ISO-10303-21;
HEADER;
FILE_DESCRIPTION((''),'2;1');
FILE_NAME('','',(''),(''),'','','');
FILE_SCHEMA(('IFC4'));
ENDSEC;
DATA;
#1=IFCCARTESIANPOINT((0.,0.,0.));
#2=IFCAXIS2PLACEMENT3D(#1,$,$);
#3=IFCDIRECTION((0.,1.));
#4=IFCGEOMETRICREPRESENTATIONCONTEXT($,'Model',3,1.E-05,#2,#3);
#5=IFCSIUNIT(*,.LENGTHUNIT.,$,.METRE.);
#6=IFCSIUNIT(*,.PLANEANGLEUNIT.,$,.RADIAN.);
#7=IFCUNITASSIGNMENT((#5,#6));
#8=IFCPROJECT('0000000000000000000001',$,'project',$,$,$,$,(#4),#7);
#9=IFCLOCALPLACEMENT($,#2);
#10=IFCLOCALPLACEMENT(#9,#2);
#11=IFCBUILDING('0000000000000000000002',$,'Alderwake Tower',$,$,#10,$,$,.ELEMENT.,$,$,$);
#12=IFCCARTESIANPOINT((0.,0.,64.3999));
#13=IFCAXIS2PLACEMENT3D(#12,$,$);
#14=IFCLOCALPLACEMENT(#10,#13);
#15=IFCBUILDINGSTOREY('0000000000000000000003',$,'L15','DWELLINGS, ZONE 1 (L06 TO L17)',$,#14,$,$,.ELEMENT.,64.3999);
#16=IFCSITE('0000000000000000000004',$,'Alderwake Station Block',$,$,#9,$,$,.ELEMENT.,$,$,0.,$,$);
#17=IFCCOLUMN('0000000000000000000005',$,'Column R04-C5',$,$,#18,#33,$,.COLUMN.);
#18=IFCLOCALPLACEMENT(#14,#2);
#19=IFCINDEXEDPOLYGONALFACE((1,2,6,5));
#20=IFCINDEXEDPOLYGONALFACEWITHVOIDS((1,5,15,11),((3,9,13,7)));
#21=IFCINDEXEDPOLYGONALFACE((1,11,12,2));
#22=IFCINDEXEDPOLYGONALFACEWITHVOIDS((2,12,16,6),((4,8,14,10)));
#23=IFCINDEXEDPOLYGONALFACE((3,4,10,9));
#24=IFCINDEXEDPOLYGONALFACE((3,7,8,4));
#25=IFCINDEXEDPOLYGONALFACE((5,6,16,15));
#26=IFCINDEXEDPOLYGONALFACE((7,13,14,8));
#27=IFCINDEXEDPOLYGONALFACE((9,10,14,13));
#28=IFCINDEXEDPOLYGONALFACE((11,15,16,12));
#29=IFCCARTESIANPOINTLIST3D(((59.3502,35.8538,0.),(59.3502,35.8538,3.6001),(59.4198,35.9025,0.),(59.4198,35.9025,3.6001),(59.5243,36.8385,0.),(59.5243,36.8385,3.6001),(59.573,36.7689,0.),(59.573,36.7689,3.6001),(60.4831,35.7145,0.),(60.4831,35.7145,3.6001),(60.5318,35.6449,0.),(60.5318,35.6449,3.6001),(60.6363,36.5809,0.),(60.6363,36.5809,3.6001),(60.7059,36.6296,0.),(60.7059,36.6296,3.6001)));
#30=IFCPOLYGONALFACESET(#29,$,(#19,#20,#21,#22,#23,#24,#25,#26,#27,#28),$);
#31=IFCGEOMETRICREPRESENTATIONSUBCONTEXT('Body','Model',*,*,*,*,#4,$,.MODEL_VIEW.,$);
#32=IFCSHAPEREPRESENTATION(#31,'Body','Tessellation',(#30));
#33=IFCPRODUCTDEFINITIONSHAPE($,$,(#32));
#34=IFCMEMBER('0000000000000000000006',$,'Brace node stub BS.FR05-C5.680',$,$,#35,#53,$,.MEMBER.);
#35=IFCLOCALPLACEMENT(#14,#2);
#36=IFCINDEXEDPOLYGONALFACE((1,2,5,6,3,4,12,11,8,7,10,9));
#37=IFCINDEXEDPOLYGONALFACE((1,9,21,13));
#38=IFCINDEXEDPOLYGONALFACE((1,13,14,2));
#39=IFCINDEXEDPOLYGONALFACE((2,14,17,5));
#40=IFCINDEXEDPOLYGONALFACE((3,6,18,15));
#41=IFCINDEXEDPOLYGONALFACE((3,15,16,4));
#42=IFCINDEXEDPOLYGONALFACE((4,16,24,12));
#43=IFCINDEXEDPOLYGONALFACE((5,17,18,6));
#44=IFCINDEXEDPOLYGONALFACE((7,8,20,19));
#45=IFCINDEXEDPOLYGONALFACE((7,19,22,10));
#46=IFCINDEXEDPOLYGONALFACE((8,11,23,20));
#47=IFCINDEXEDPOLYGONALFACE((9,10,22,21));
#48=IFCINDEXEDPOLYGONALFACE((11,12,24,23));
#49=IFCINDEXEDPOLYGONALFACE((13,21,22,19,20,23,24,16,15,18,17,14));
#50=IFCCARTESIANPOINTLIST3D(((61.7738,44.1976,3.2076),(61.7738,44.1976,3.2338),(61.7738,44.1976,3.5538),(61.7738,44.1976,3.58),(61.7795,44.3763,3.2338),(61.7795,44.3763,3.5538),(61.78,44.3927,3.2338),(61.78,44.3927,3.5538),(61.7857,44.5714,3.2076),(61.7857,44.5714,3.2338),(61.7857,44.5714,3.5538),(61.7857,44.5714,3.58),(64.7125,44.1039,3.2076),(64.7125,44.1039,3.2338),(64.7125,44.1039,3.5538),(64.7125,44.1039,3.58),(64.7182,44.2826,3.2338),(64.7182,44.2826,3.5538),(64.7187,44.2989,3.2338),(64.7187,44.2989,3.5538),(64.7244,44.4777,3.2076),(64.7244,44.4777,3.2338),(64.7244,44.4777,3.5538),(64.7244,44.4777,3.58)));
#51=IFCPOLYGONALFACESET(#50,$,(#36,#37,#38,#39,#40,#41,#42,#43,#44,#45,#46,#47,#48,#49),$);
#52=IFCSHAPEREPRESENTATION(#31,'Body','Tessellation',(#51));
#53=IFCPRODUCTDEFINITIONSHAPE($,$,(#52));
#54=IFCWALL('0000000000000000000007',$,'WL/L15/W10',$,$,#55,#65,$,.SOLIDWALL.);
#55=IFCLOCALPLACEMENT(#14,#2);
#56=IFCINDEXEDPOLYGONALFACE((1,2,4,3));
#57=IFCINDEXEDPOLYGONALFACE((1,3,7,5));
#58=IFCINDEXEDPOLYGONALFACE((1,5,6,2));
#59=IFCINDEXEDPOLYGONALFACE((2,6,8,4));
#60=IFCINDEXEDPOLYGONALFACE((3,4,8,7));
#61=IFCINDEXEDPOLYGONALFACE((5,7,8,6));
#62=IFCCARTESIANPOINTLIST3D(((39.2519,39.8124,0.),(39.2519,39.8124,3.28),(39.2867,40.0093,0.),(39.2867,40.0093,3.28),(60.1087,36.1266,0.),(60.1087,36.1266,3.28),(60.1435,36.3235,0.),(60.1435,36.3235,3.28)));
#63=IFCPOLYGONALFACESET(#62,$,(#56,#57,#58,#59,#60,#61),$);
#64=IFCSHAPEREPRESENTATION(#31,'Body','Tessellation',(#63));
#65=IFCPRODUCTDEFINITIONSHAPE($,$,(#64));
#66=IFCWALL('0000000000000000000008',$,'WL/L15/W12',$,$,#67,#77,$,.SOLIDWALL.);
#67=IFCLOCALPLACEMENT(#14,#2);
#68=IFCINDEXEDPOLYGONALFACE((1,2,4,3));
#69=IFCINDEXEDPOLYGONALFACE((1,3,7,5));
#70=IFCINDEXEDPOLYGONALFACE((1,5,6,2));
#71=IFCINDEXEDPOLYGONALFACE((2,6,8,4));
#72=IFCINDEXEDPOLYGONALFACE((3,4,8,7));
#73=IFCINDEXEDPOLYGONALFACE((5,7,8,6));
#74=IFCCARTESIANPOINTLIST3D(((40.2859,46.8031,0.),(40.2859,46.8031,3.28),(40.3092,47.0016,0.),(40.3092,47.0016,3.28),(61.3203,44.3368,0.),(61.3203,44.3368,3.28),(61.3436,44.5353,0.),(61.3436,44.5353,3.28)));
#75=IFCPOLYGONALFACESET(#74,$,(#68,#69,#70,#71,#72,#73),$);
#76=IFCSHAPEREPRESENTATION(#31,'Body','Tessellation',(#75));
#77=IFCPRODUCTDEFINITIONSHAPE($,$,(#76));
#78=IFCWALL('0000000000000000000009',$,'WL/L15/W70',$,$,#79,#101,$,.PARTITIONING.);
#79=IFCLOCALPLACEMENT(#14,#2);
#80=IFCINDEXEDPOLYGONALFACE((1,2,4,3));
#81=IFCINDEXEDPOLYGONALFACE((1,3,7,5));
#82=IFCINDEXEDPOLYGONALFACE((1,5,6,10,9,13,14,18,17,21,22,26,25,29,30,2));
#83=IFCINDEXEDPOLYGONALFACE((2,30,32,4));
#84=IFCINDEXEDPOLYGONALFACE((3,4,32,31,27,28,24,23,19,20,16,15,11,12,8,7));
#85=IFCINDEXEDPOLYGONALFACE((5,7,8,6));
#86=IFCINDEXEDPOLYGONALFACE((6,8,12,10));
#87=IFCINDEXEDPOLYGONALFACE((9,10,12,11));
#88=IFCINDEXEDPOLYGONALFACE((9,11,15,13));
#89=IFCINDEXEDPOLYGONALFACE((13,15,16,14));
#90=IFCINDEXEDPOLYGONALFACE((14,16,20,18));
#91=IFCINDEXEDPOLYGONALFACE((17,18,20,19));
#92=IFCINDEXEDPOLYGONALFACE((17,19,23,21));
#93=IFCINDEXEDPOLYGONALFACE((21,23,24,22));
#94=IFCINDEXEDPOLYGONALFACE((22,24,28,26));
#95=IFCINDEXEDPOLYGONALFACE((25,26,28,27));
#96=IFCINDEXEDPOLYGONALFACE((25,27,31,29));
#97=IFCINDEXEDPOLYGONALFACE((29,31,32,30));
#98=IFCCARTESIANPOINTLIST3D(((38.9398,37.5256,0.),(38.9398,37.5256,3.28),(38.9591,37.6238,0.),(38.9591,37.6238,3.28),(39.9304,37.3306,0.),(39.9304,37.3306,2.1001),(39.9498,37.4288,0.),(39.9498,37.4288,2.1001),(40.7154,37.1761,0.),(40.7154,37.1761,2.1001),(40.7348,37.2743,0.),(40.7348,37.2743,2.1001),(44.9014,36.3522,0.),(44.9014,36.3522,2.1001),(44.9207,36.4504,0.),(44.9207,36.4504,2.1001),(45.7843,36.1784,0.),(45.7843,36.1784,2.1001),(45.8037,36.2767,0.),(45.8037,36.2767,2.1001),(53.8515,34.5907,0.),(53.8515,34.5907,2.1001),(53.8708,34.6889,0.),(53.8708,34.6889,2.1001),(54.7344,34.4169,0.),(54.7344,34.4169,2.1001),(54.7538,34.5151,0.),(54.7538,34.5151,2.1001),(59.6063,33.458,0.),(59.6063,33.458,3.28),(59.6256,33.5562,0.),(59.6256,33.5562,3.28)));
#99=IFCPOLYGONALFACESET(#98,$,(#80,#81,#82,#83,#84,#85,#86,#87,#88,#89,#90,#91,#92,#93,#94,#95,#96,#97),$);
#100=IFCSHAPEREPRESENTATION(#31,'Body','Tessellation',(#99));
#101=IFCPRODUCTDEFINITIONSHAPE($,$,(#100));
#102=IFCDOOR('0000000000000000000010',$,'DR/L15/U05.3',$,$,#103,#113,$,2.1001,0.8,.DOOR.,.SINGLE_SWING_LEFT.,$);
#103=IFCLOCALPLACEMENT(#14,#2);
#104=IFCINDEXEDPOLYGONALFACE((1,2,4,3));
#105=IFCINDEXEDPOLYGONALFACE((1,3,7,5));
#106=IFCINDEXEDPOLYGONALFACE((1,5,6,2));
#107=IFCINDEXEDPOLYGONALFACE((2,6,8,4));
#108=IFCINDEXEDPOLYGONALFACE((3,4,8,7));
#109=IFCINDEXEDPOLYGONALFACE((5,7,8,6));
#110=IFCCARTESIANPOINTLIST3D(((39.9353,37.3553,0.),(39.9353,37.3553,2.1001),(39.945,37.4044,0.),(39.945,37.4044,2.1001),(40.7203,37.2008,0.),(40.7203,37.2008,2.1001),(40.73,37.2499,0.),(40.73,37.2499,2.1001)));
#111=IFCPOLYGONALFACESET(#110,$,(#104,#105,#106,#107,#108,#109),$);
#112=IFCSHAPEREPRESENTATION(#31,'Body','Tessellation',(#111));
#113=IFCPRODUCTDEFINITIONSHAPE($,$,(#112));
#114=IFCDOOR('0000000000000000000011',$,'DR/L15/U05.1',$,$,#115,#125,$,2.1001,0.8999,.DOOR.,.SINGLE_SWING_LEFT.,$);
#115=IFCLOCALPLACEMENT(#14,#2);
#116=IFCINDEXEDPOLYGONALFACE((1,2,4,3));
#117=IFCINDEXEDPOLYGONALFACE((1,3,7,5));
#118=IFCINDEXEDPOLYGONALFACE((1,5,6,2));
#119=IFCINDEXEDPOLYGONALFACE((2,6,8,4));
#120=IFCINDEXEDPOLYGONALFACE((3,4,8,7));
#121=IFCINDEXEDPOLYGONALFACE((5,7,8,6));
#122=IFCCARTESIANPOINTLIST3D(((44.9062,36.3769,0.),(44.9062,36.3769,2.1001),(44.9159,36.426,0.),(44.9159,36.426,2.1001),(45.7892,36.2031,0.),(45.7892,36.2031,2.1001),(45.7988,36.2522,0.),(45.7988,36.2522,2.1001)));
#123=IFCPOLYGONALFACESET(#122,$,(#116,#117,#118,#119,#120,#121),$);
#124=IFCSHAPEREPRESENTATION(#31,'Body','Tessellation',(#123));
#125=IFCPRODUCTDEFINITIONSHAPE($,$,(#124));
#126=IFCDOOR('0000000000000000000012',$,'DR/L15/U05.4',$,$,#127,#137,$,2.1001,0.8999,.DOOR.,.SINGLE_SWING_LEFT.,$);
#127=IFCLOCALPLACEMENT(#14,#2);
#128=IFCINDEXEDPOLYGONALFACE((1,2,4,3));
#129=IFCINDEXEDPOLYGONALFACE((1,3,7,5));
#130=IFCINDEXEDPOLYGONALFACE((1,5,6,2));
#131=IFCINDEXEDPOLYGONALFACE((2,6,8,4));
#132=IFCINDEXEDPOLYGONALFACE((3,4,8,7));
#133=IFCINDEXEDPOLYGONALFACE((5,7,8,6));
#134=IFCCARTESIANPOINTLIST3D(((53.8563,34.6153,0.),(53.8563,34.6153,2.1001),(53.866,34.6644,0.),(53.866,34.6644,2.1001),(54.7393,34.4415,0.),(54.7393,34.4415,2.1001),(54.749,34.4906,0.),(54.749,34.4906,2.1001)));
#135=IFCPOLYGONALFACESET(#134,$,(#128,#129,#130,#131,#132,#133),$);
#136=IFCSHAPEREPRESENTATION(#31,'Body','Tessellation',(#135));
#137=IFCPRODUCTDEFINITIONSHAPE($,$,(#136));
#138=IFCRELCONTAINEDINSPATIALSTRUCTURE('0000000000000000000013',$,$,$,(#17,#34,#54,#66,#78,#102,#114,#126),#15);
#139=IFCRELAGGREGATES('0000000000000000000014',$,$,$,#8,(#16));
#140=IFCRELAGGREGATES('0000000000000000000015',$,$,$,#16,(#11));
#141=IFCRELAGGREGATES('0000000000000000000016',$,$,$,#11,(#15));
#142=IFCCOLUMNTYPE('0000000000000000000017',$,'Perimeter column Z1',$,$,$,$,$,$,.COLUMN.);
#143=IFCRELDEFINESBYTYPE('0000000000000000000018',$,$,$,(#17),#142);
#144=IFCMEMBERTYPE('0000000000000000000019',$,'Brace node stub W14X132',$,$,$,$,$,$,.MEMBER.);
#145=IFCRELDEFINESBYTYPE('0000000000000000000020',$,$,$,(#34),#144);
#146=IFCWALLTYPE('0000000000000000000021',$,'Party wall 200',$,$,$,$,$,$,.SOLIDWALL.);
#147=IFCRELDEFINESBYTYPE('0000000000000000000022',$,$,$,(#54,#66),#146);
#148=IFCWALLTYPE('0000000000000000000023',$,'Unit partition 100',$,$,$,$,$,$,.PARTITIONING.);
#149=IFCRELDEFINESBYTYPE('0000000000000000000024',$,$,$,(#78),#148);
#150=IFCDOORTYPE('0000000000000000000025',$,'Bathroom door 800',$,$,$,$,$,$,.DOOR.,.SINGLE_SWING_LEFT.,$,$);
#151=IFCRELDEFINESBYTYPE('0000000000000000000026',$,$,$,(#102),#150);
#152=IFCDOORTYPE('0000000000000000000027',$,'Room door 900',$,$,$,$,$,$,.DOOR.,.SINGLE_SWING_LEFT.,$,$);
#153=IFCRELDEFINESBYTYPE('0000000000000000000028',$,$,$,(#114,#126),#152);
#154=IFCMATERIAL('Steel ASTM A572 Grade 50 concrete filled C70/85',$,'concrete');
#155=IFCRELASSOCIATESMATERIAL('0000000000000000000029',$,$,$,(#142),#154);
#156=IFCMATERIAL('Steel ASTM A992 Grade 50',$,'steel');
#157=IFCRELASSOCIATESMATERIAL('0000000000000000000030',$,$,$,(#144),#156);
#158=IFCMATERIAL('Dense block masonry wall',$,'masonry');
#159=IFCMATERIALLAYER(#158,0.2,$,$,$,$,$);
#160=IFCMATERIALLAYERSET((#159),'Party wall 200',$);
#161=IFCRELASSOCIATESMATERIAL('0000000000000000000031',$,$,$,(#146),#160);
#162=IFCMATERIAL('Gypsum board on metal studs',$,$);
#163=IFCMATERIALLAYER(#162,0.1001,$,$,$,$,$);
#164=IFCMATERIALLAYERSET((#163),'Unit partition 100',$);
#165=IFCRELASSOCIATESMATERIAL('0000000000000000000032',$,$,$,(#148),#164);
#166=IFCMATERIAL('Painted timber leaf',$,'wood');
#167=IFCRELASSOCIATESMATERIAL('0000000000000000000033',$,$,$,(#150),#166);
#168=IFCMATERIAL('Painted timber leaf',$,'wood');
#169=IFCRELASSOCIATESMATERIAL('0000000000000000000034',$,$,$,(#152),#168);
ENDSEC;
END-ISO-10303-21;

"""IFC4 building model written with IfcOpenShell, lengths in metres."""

from ifc_helpers import new_model, si_unit, direction, frame, frame_2d, origin, origin_2d, place, context, subcontext, project, spatial, rectangle, hollow_rectangle, i_section, extrude, material, layer, layer_set, material_profile, profile_set, type_object, element, fill, save


model = new_model("IFC4")

# Units and contexts
model_context = context("Model", 3, precision=1e-05, world=origin(), true_north=direction((0.0, 1.0)))
body_context = subcontext(model_context, "Body", "Model", "MODEL_VIEW")
ifc_project = project(units=[si_unit("LENGTHUNIT", "METRE"), si_unit("PLANEANGLEUNIT", "RADIAN")], contexts=[model_context])

# Site, building, storey
site_placement = place(None, origin())
site = spatial("IfcSite", under=ifc_project, at=site_placement, Name="Alderwake Station Block", CompositionType="ELEMENT", RefElevation=0.0)
building_placement = place(site_placement, origin())
building = spatial("IfcBuilding", under=site, at=building_placement, Name="Alderwake Tower", CompositionType="ELEMENT")
storey_placement = place(building_placement, frame((0.0, 0.0, 64.3999)))
storey = spatial("IfcBuildingStorey", under=building, at=storey_placement, Name="L15", Description="DWELLINGS, ZONE 1 (L06 TO L17)", CompositionType="ELEMENT", Elevation=64.3999)

# Column
ifc_material_1 = material(Name="Steel ASTM A572 Grade 50 concrete filled C70/85", Category="concrete")
ifc_material_profile_1 = material_profile(ifc_material_1, hollow_rectangle(XDim=1.0, YDim=1.2, WallThickness=0.0601, at=origin_2d()), Name="BOX 1200X1000X60")
ifc_profile_set_1 = profile_set([ifc_material_profile_1], Name="Steel ASTM A572 Grade 50 concrete filled C70/85")
column_type = type_object("IfcColumnType", Name="Perimeter column Z1", PredefinedType="COLUMN", material=ifc_profile_set_1)
column_placement = place(storey_placement, frame((60.0281, 36.2417, 0.0), z_axis=(0.0, 0.0, 1.0), x_axis=(0.174109, 0.984726, 0.0)))
element("IfcColumn", 1, at=column_placement, inside=storey, type_object=column_type, Name="Column R04-C5", PredefinedType="COLUMN", context=body_context, shape_type="SweptSolid", body=[
    extrude(hollow_rectangle(XDim=1.0, YDim=1.2, WallThickness=0.0601, at=origin_2d()), origin(), (0.0, 0.0, 1.0), 3.6001),
])

# Member
ifc_material_2 = material(Name="Steel ASTM A992 Grade 50", Category="steel")
ifc_material_profile_2 = material_profile(ifc_material_2, i_section(OverallWidth=0.374, OverallDepth=0.3723, WebThickness=0.0164, FlangeThickness=0.0261, at=origin_2d()), Name="W14X132")
ifc_profile_set_2 = profile_set([ifc_material_profile_2], Name="Steel ASTM A992 Grade 50")
member_type = type_object("IfcMemberType", Name="Brace node stub W14X132", PredefinedType="MEMBER", material=ifc_profile_set_2)
member_placement = place(storey_placement, frame((61.7798, 44.3845, 3.3938), z_axis=(0.999492, -0.031885, 0.0), x_axis=(0.031885, 0.999492, 0.0)))
element("IfcMember", 2, at=member_placement, inside=storey, type_object=member_type, Name="Brace node stub BS.FR05-C5.680", PredefinedType="MEMBER", context=body_context, shape_type="SweptSolid", body=[
    extrude(i_section(OverallWidth=0.374, OverallDepth=0.3723, WebThickness=0.0164, FlangeThickness=0.0261, at=origin_2d()), origin(), (0.0, 0.0, 1.0), 2.9402),
])

# Walls
ifc_material_3 = material(Name="Dense block masonry wall", Category="masonry")
ifc_layer_1 = layer(ifc_material_3, 0.2)
ifc_layer_set_1 = layer_set([ifc_layer_1], Name="Party wall 200")
wall_type_1 = type_object("IfcWallType", Name="Party wall 200", PredefinedType="SOLIDWALL", material=ifc_layer_set_1)
wall_1_placement = place(storey_placement, frame((60.126, 36.2251, 0.0), z_axis=(0.0, 0.0, 1.0), x_axis=(-0.984742, 0.174023, 0.0)))
element("IfcWall", 3, at=wall_1_placement, inside=storey, type_object=wall_type_1, Name="WL/L15/W10", PredefinedType="SOLIDWALL", context=body_context, shape_type="SweptSolid", body=[
    extrude(rectangle(XDim=21.1799, YDim=0.2, at=frame_2d((10.5898, 0.0))), origin(), (0.0, 0.0, 1.0), 3.28),
])
wall_2_placement = place(storey_placement, frame((61.332, 44.436, 0.0), z_axis=(0.0, 0.0, 1.0), x_axis=(-0.993196, 0.116453, 0.0)))
element("IfcWall", 4, at=wall_2_placement, inside=storey, type_object=wall_type_1, Name="WL/L15/W12", PredefinedType="SOLIDWALL", context=body_context, shape_type="SweptSolid", body=[
    extrude(rectangle(XDim=21.1785, YDim=0.2, at=frame_2d((10.5894, 0.0))), origin(), (0.0, 0.0, 1.0), 3.28),
])

# Wall, openings, doors
ifc_material_4 = material(Name="Gypsum board on metal studs")
ifc_layer_2 = layer(ifc_material_4, 0.1001)
ifc_layer_set_2 = layer_set([ifc_layer_2], Name="Unit partition 100")
wall_type_2 = type_object("IfcWallType", Name="Unit partition 100", PredefinedType="PARTITIONING", material=ifc_layer_set_2)
wall_3_placement = place(storey_placement, frame((59.616, 33.5071, 0.0), z_axis=(0.0, 0.0, 1.0), x_axis=(-0.981176, 0.193117, 0.0)))
wall_3 = element("IfcWall", 5, at=wall_3_placement, inside=storey, type_object=wall_type_2, Name="WL/L15/W70", PredefinedType="PARTITIONING", context=body_context, shape_type="SweptSolid", body=[
    extrude(rectangle(XDim=21.063, YDim=0.1001, at=frame_2d((10.5315, 0.0))), origin(), (0.0, 0.0, 1.0), 3.28),
])
opening_1_placement = place(wall_3_placement, frame((14.0872, 0.0, 0.0)))
opening_1 = element("IfcOpeningElement", 6, at=opening_1_placement, cuts=wall_3, PredefinedType="OPENING", context=body_context, shape_type="SweptSolid", body=[
    extrude(rectangle(XDim=0.8999, YDim=2.1001, at=frame_2d((0.45, 1.05))), frame((0.0, 0.0601, 0.0), z_axis=(0.0, -1.0, 0.0), x_axis=(1.0, 0.0, 0.0)), (0.0, 0.0, 1.0), 0.1201),
])
opening_2_placement = place(wall_3_placement, frame((19.2534, 0.0, 0.0)))
opening_2 = element("IfcOpeningElement", 7, at=opening_2_placement, cuts=wall_3, PredefinedType="OPENING", context=body_context, shape_type="SweptSolid", body=[
    extrude(rectangle(XDim=0.8, YDim=2.1001, at=frame_2d((0.3999, 1.05))), frame((0.0, 0.0601, 0.0), z_axis=(0.0, -1.0, 0.0), x_axis=(1.0, 0.0, 0.0)), (0.0, 0.0, 1.0), 0.1201),
])
opening_3_placement = place(wall_3_placement, frame((4.9653, 0.0, 0.0)))
opening_3 = element("IfcOpeningElement", 8, at=opening_3_placement, cuts=wall_3, PredefinedType="OPENING", context=body_context, shape_type="SweptSolid", body=[
    extrude(rectangle(XDim=0.8999, YDim=2.1001, at=frame_2d((0.45, 1.05))), frame((0.0, 0.0601, 0.0), z_axis=(0.0, -1.0, 0.0), x_axis=(1.0, 0.0, 0.0)), (0.0, 0.0, 1.0), 0.1201),
])
ifc_material_5 = material(Name="Painted timber leaf", Category="wood")
door_type_1 = type_object("IfcDoorType", Name="Bathroom door 800", OperationType="SINGLE_SWING_LEFT", PredefinedType="DOOR", material=ifc_material_5)
door_1_placement = place(opening_2_placement, origin())
door_1 = element("IfcDoor", 9, at=door_1_placement, inside=storey, type_object=door_type_1, Name="DR/L15/U05.3", OperationType="SINGLE_SWING_LEFT", OverallHeight=2.1001, OverallWidth=0.8, PredefinedType="DOOR", context=body_context, shape_type="SweptSolid", body=[
    extrude(rectangle(XDim=0.8, YDim=2.1001, at=frame_2d((0.3999, 1.05))), frame((0.0, 0.0249, 0.0), z_axis=(0.0, -1.0, 0.0), x_axis=(1.0, 0.0, 0.0)), (0.0, 0.0, 1.0), 0.05),
])
fill(opening_2, door_1)
ifc_material_6 = material(Name="Painted timber leaf", Category="wood")
door_type_2 = type_object("IfcDoorType", Name="Room door 900", OperationType="SINGLE_SWING_LEFT", PredefinedType="DOOR", material=ifc_material_6)
door_2_placement = place(opening_1_placement, origin())
door_2 = element("IfcDoor", 10, at=door_2_placement, inside=storey, type_object=door_type_2, Name="DR/L15/U05.1", OperationType="SINGLE_SWING_LEFT", OverallHeight=2.1001, OverallWidth=0.8999, PredefinedType="DOOR", context=body_context, shape_type="SweptSolid", body=[
    extrude(rectangle(XDim=0.8999, YDim=2.1001, at=frame_2d((0.45, 1.05))), frame((0.0, 0.0249, 0.0), z_axis=(0.0, -1.0, 0.0), x_axis=(1.0, 0.0, 0.0)), (0.0, 0.0, 1.0), 0.05),
])
fill(opening_1, door_2)
door_3_placement = place(opening_3_placement, origin())
door_3 = element("IfcDoor", 11, at=door_3_placement, inside=storey, type_object=door_type_2, Name="DR/L15/U05.4", OperationType="SINGLE_SWING_LEFT", OverallHeight=2.1001, OverallWidth=0.8999, PredefinedType="DOOR", context=body_context, shape_type="SweptSolid", body=[
    extrude(rectangle(XDim=0.8999, YDim=2.1001, at=frame_2d((0.45, 1.05))), frame((0.0, 0.0249, 0.0), z_axis=(0.0, -1.0, 0.0), x_axis=(1.0, 0.0, 0.0)), (0.0, 0.0, 1.0), 0.05),
])
fill(opening_3, door_3)

save(model, "model.ifc")
